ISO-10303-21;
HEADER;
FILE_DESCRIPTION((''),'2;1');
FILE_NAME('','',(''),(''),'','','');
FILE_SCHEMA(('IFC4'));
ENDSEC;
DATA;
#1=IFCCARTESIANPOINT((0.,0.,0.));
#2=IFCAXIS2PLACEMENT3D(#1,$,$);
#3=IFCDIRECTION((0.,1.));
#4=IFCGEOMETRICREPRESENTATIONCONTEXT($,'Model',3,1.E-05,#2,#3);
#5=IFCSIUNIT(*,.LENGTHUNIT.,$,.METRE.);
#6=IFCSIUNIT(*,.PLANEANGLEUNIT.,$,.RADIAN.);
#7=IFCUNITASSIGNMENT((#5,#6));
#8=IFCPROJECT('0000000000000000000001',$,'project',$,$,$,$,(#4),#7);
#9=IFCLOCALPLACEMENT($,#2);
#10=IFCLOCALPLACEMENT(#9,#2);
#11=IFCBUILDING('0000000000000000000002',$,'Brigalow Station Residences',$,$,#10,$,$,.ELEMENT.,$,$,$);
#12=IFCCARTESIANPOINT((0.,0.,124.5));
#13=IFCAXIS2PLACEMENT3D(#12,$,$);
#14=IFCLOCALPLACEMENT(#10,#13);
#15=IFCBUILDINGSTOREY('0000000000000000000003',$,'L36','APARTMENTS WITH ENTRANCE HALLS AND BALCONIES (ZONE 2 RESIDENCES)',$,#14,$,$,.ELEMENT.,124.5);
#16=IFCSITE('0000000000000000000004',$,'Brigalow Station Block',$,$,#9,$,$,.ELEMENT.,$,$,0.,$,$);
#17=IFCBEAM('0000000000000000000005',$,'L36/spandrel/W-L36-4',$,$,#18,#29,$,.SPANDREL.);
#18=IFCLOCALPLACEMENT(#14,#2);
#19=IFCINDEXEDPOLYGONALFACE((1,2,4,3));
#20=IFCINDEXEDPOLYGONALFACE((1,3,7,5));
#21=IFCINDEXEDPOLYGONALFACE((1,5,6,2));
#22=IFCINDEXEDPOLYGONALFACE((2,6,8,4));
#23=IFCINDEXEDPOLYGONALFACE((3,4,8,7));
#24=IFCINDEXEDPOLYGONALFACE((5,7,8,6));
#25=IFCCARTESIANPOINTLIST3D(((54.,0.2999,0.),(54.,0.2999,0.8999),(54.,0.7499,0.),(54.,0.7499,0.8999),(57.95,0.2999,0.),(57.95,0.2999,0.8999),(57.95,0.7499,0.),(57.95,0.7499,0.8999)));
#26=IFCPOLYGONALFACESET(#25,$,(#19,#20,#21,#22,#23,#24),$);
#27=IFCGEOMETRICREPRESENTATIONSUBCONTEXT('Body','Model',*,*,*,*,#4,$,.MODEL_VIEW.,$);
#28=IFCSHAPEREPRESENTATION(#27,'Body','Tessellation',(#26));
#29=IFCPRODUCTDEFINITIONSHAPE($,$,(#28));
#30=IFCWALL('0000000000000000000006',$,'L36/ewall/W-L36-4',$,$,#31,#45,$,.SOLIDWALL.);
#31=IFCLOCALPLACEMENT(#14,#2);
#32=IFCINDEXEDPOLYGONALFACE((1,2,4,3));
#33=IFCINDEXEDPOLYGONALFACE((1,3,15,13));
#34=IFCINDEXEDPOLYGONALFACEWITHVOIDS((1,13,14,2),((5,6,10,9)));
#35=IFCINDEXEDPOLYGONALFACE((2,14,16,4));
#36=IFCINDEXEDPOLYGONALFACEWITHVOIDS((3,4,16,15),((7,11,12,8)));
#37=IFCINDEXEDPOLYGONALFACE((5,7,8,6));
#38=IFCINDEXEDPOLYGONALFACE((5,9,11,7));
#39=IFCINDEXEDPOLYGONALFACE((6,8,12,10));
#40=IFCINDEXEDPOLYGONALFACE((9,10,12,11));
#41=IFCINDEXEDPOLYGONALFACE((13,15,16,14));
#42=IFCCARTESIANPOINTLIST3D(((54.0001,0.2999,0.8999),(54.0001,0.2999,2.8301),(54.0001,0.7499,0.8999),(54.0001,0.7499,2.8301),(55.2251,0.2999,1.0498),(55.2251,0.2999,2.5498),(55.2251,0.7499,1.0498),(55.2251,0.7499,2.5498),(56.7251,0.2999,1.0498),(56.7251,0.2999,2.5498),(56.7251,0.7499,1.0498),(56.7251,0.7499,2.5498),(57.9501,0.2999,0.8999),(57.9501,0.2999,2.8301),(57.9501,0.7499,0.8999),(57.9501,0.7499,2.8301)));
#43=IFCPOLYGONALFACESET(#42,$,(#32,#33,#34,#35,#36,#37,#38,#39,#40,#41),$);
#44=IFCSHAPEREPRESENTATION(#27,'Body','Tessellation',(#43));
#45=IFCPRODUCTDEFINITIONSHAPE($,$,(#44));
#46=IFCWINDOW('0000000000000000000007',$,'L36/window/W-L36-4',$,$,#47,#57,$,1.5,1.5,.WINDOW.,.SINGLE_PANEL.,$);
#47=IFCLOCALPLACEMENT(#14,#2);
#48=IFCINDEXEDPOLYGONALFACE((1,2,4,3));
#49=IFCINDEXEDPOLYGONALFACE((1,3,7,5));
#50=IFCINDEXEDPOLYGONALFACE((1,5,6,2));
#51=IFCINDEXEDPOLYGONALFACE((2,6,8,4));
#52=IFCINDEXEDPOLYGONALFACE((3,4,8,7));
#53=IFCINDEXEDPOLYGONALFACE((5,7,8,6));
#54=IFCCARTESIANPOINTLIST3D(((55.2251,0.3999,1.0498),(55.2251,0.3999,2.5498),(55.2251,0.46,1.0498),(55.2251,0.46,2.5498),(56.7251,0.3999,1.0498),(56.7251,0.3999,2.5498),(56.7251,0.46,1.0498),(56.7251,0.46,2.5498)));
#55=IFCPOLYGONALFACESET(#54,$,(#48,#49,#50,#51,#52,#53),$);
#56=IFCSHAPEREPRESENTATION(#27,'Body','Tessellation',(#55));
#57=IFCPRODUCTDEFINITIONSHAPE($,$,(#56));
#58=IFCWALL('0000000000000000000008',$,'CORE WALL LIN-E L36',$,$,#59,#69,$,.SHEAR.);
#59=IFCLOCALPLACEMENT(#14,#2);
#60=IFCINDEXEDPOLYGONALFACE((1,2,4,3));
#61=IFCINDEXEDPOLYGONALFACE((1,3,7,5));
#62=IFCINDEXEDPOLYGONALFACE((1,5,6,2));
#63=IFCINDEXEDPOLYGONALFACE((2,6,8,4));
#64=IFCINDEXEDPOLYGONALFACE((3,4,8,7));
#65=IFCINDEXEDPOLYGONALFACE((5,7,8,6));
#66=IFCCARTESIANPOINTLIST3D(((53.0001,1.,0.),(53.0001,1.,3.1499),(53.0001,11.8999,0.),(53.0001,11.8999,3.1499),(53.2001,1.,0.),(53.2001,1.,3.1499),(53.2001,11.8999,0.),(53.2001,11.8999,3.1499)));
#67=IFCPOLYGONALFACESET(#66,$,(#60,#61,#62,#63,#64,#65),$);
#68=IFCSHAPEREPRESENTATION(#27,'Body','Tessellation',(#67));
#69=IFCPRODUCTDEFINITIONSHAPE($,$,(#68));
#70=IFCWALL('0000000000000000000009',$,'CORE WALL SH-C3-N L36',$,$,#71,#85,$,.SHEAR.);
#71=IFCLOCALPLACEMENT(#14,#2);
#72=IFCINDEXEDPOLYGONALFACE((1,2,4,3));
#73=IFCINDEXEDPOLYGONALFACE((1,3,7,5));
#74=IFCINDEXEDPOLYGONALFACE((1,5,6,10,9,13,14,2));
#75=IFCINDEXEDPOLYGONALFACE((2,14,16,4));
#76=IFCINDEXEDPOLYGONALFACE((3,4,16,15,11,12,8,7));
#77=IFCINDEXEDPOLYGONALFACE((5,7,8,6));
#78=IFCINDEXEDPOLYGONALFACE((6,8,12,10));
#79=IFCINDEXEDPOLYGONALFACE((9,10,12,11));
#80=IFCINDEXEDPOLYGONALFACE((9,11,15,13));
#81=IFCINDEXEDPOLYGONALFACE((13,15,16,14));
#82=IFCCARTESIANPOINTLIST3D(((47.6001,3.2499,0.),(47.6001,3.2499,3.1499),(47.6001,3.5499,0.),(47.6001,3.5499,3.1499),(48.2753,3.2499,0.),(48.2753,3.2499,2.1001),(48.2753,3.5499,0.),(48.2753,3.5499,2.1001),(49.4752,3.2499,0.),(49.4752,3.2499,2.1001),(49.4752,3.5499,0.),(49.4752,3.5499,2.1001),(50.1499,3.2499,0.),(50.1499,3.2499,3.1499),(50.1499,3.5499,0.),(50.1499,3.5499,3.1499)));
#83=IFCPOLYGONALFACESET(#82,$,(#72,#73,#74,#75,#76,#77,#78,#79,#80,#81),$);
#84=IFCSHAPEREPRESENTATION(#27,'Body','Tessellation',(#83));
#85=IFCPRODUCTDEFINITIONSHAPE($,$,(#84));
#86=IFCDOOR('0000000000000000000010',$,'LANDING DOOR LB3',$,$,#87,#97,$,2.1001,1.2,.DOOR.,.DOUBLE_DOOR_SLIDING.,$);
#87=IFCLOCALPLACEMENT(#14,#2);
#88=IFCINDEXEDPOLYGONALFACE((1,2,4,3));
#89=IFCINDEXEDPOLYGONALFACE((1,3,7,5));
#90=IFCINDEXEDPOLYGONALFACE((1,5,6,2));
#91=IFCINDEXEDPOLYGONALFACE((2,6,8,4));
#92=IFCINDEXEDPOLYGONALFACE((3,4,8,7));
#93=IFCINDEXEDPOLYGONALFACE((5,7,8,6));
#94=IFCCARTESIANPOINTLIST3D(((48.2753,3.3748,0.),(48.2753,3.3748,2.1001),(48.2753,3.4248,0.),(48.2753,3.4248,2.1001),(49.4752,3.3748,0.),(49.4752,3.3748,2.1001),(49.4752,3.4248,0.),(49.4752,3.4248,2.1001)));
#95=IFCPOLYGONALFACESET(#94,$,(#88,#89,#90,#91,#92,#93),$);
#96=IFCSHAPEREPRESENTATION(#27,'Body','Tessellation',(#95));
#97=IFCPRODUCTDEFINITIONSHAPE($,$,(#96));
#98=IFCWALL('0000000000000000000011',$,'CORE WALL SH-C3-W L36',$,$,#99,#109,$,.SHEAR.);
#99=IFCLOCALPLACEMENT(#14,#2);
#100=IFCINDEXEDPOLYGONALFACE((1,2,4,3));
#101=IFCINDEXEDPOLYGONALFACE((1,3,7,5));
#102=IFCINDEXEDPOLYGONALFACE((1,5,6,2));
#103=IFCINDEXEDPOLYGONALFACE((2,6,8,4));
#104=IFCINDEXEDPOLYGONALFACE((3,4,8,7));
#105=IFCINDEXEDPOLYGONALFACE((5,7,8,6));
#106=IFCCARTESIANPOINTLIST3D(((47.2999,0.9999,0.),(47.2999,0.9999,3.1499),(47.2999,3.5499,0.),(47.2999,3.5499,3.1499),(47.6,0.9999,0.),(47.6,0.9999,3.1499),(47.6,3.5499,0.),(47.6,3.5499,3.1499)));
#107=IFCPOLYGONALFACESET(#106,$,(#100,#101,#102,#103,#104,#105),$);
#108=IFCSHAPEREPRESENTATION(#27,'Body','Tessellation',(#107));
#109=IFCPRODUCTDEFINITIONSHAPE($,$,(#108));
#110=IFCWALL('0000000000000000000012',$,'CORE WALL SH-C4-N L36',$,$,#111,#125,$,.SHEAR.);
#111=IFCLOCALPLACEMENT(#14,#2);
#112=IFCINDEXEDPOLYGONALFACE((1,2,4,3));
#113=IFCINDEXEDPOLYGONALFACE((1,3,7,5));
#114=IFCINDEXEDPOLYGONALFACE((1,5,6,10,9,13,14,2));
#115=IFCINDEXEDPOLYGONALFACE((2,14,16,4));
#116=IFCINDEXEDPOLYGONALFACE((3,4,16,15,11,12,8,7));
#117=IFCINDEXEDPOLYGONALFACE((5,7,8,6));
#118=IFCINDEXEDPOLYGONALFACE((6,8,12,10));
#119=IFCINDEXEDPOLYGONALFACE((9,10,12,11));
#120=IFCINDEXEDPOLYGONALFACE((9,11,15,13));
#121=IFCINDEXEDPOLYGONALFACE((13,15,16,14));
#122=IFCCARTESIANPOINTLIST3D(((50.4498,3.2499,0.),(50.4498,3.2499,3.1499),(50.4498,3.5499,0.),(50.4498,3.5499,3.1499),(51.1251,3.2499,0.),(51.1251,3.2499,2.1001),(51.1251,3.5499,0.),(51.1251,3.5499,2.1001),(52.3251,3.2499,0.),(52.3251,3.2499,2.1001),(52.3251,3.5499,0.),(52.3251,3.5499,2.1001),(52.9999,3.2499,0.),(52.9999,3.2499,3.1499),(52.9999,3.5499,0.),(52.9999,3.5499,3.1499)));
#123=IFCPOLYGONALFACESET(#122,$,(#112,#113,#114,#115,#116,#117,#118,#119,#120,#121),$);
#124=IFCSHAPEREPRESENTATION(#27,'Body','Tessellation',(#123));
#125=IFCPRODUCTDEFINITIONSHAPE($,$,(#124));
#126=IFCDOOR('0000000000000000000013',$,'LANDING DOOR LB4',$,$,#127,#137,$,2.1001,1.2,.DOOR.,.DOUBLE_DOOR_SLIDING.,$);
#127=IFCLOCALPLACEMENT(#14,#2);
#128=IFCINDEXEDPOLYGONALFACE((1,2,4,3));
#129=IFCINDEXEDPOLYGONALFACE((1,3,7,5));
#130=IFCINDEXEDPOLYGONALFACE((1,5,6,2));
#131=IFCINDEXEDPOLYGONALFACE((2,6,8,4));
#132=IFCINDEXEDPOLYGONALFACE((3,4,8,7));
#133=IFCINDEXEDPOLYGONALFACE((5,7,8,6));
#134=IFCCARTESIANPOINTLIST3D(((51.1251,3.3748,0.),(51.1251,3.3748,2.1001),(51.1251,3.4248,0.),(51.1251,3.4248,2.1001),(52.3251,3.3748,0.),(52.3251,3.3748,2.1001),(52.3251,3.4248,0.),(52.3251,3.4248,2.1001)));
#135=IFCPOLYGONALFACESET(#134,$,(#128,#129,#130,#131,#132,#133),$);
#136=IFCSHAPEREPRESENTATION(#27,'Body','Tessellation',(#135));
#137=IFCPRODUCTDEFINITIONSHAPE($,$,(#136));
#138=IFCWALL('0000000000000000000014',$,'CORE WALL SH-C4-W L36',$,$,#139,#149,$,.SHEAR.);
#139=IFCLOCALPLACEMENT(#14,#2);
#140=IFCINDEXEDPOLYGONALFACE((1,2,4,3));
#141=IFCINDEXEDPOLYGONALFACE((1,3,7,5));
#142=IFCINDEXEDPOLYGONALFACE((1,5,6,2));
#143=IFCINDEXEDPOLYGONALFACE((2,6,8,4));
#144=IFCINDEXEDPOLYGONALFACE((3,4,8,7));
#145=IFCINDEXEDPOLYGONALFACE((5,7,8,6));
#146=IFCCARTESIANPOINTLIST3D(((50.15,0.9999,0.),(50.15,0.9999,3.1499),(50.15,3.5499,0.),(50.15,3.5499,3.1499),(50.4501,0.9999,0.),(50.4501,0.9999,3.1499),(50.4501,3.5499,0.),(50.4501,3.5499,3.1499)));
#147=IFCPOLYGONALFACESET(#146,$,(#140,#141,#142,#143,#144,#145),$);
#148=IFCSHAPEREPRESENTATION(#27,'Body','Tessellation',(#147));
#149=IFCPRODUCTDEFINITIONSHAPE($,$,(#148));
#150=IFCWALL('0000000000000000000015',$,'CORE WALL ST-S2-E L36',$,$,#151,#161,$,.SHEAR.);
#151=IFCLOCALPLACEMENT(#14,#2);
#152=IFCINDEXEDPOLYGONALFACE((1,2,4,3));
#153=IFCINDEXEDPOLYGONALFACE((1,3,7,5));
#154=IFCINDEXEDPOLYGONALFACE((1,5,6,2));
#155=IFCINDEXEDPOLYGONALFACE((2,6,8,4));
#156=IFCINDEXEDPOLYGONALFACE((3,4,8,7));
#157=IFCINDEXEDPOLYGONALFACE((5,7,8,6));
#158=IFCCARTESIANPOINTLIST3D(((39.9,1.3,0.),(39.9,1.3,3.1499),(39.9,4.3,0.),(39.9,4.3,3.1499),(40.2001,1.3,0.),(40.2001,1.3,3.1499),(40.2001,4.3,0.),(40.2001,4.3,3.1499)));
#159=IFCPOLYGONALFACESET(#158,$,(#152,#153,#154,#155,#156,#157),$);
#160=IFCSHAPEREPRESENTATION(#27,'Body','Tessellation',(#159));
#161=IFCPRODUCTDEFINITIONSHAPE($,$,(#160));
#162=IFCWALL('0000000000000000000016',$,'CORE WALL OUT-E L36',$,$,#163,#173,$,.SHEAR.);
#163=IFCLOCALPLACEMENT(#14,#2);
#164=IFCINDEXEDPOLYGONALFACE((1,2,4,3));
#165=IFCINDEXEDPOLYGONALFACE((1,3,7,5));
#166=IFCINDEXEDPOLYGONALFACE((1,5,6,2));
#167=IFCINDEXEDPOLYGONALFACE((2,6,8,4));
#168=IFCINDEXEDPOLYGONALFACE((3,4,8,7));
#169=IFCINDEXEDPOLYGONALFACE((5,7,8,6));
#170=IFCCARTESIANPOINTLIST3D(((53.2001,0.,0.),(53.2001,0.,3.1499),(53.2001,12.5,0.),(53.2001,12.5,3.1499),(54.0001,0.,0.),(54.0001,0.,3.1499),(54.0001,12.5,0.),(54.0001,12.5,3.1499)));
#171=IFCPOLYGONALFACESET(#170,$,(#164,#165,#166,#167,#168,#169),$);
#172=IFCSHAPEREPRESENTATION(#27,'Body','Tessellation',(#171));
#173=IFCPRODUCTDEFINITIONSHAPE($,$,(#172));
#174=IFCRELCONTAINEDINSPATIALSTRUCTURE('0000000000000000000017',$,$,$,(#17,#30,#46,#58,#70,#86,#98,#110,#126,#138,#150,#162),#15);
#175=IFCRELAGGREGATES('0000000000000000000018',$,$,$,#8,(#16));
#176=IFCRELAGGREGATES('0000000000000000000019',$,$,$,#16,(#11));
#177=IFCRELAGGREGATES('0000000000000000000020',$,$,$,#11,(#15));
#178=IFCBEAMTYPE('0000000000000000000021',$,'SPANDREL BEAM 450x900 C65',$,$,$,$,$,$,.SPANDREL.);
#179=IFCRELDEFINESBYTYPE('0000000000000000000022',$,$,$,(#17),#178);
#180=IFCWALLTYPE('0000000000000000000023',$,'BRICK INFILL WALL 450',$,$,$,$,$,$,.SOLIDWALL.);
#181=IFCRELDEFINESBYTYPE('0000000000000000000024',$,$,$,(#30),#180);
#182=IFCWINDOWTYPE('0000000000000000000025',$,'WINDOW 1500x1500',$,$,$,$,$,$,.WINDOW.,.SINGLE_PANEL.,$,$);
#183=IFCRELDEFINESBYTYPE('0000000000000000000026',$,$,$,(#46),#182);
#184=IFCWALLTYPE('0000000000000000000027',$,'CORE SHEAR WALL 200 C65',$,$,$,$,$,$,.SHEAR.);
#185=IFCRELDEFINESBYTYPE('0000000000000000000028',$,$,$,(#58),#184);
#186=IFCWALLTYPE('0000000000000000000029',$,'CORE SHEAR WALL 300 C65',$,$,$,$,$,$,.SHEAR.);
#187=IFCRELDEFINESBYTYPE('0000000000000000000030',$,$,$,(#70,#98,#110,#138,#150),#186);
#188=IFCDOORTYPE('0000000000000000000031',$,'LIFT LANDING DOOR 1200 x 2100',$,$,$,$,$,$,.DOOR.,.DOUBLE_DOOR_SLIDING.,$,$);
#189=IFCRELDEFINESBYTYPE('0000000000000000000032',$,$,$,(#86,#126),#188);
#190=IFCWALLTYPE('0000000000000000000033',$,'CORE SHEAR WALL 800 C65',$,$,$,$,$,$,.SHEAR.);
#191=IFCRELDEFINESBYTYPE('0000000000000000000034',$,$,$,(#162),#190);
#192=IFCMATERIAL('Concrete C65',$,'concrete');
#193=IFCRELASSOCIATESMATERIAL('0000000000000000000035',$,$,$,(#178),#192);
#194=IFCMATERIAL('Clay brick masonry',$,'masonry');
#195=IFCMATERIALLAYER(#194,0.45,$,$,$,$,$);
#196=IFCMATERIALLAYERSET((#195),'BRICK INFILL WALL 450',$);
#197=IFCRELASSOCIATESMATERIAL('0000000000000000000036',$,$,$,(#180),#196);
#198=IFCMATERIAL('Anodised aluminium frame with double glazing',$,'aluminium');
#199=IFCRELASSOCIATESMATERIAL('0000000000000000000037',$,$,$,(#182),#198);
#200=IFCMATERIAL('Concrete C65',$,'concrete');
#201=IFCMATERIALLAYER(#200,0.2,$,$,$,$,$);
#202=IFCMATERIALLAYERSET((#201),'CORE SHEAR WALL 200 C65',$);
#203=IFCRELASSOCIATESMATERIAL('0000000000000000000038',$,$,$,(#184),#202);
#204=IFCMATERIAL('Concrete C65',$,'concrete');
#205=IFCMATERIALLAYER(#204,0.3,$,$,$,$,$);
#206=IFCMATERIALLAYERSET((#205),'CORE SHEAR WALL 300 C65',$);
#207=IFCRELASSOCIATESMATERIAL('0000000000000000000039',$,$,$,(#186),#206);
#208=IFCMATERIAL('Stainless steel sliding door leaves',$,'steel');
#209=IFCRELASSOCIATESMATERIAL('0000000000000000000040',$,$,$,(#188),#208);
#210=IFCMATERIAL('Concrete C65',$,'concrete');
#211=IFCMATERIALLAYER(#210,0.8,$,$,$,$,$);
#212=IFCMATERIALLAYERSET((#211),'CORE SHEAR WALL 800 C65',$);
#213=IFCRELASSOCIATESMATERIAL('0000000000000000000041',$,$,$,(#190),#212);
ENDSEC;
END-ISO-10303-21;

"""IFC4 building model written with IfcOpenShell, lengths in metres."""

from ifc_helpers import new_model, si_unit, direction, frame, frame_2d, origin, origin_2d, place, context, subcontext, project, spatial, rectangle, extrude, material, layer, layer_set, material_profile, profile_set, type_object, element, fill, save


model = new_model("IFC4")

# Units and contexts
model_context = context("Model", 3, precision=1e-05, world=origin(), true_north=direction((0.0, 1.0)))
body_context = subcontext(model_context, "Body", "Model", "MODEL_VIEW")
ifc_project = project(units=[si_unit("LENGTHUNIT", "METRE"), si_unit("PLANEANGLEUNIT", "RADIAN")], contexts=[model_context])

# Site, building, storey
site_placement = place(None, origin())
site = spatial("IfcSite", under=ifc_project, at=site_placement, Name="Brigalow Station Block", CompositionType="ELEMENT", RefElevation=0.0)
building_placement = place(site_placement, origin())
building = spatial("IfcBuilding", under=site, at=building_placement, Name="Brigalow Station Residences", CompositionType="ELEMENT")
storey_placement = place(building_placement, frame((0.0, 0.0, 124.5)))
storey = spatial("IfcBuildingStorey", under=building, at=storey_placement, Name="L36", Description="APARTMENTS WITH ENTRANCE HALLS AND BALCONIES (ZONE 2 RESIDENCES)", CompositionType="ELEMENT", Elevation=124.5)

# Beam
ifc_material_1 = material(Name="Concrete C65", Category="concrete")
ifc_material_profile = material_profile(ifc_material_1, rectangle(XDim=0.45, YDim=0.8999, at=origin_2d()), Name="RC450x900")
ifc_profile_set = profile_set([ifc_material_profile], Name="Concrete C65")
beam_type = type_object("IfcBeamType", Name="SPANDREL BEAM 450x900 C65", PredefinedType="SPANDREL", material=ifc_profile_set)
beam_placement = place(storey_placement, frame((54.0, 0.5249, 0.45), z_axis=(1.0, 0.0, 0.0), x_axis=(0.0, 1.0, 0.0)))
element("IfcBeam", 1, at=beam_placement, inside=storey, type_object=beam_type, Name="L36/spandrel/W-L36-4", PredefinedType="SPANDREL", context=body_context, shape_type="SweptSolid", body=[
    extrude(rectangle(XDim=0.45, YDim=0.8999, at=origin_2d()), origin(), (0.0, 0.0, 1.0), 3.95),
])

# Wall, opening, window
ifc_material_2 = material(Name="Clay brick masonry", Category="masonry")
ifc_layer_1 = layer(ifc_material_2, 0.45)
ifc_layer_set_1 = layer_set([ifc_layer_1], Name="BRICK INFILL WALL 450")
wall_type_1 = type_object("IfcWallType", Name="BRICK INFILL WALL 450", PredefinedType="SOLIDWALL", material=ifc_layer_set_1)
wall_1_placement = place(storey_placement, frame((54.0, 0.5249, 0.8999), z_axis=(0.0, 0.0, 1.0), x_axis=(1.0, 0.0, 0.0)))
wall_1 = element("IfcWall", 2, at=wall_1_placement, inside=storey, type_object=wall_type_1, Name="L36/ewall/W-L36-4", PredefinedType="SOLIDWALL", context=body_context, shape_type="SweptSolid", body=[
    extrude(rectangle(XDim=3.95, YDim=0.45, at=frame_2d((1.9751, 0.0))), origin(), (0.0, 0.0, 1.0), 1.9302),
])
opening_1_placement = place(wall_1_placement, frame((1.2251, 0.0, 0.1499)))
opening_1 = element("IfcOpeningElement", 3, at=opening_1_placement, cuts=wall_1, PredefinedType="OPENING", context=body_context, shape_type="SweptSolid", body=[
    extrude(rectangle(XDim=1.5, YDim=1.5, at=frame_2d((0.75, 0.75))), frame((0.0, 0.2349, 0.0), z_axis=(0.0, -1.0, 0.0), x_axis=(1.0, 0.0, 0.0)), (0.0, 0.0, 1.0), 0.47),
])
ifc_material_3 = material(Name="Anodised aluminium frame with double glazing", Category="aluminium")
window_type = type_object("IfcWindowType", Name="WINDOW 1500x1500", PartitioningType="SINGLE_PANEL", PredefinedType="WINDOW", material=ifc_material_3)
window_placement = place(opening_1_placement, origin())
window = element("IfcWindow", 4, at=window_placement, inside=storey, type_object=window_type, Name="L36/window/W-L36-4", OverallHeight=1.5, OverallWidth=1.5, PartitioningType="SINGLE_PANEL", PredefinedType="WINDOW", context=body_context, shape_type="SweptSolid", body=[
    extrude(rectangle(XDim=1.5, YDim=1.5, at=frame_2d((0.75, 0.75))), frame((0.0, -0.0649, 0.0), z_axis=(0.0, -1.0, 0.0), x_axis=(1.0, 0.0, 0.0)), (0.0, 0.0, 1.0), 0.0601),
])
fill(opening_1, window)

# Wall
ifc_material_4 = material(Name="Concrete C65", Category="concrete")
ifc_layer_2 = layer(ifc_material_4, 0.2)
ifc_layer_set_2 = layer_set([ifc_layer_2], Name="CORE SHEAR WALL 200 C65")
wall_type_2 = type_object("IfcWallType", Name="CORE SHEAR WALL 200 C65", PredefinedType="SHEAR", material=ifc_layer_set_2)
wall_2_placement = place(storey_placement, frame((53.1001, 1.0, 0.0), z_axis=(0.0, 0.0, 1.0), x_axis=(0.0, 1.0, 0.0)))
element("IfcWall", 5, at=wall_2_placement, inside=storey, type_object=wall_type_2, Name="CORE WALL LIN-E L36", PredefinedType="SHEAR", context=body_context, shape_type="SweptSolid", body=[
    extrude(rectangle(XDim=10.8999, YDim=0.2, at=frame_2d((5.45, 0.0))), origin(), (0.0, 0.0, 1.0), 3.1499),
])

# Wall, opening, door
ifc_material_5 = material(Name="Concrete C65", Category="concrete")
ifc_layer_3 = layer(ifc_material_5, 0.3)
ifc_layer_set_3 = layer_set([ifc_layer_3], Name="CORE SHEAR WALL 300 C65")
wall_type_3 = type_object("IfcWallType", Name="CORE SHEAR WALL 300 C65", PredefinedType="SHEAR", material=ifc_layer_set_3)
wall_3_placement = place(storey_placement, frame((47.6001, 3.3999, 0.0), z_axis=(0.0, 0.0, 1.0), x_axis=(1.0, 0.0, 0.0)))
wall_3 = element("IfcWall", 6, at=wall_3_placement, inside=storey, type_object=wall_type_3, Name="CORE WALL SH-C3-N L36", PredefinedType="SHEAR", context=body_context, shape_type="SweptSolid", body=[
    extrude(rectangle(XDim=2.5498, YDim=0.3, at=frame_2d((1.2749, 0.0))), origin(), (0.0, 0.0, 1.0), 3.1499),
])
opening_2_placement = place(wall_3_placement, frame((0.675, 0.0, 0.0)))
opening_2 = element("IfcOpeningElement", 7, at=opening_2_placement, cuts=wall_3, PredefinedType="OPENING", context=body_context, shape_type="SweptSolid", body=[
    extrude(rectangle(XDim=1.2, YDim=2.1001, at=frame_2d((0.6001, 1.05))), frame((0.0, 0.1602, 0.0), z_axis=(0.0, -1.0, 0.0), x_axis=(1.0, 0.0, 0.0)), (0.0, 0.0, 1.0), 0.3201),
])
ifc_material_6 = material(Name="Stainless steel sliding door leaves", Category="steel")
door_type_1 = type_object("IfcDoorType", Name="LIFT LANDING DOOR 1200 x 2100", OperationType="DOUBLE_DOOR_SLIDING", PredefinedType="DOOR", material=ifc_material_6)
door_1_placement = place(opening_2_placement, origin())
door_1 = element("IfcDoor", 8, at=door_1_placement, inside=storey, type_object=door_type_1, Name="LANDING DOOR LB3", OperationType="DOUBLE_DOOR_SLIDING", OverallHeight=2.1001, OverallWidth=1.2, PredefinedType="DOOR", context=body_context, shape_type="SweptSolid", body=[
    extrude(rectangle(XDim=1.2, YDim=2.1001, at=frame_2d((0.6001, 1.05))), frame((0.0, 0.0249, 0.0), z_axis=(0.0, -1.0, 0.0), x_axis=(1.0, 0.0, 0.0)), (0.0, 0.0, 1.0), 0.05),
])
fill(opening_2, door_1)

# Wall
wall_4_placement = place(storey_placement, frame((47.45, 1.0, 0.0), z_axis=(0.0, 0.0, 1.0), x_axis=(0.0, 1.0, 0.0)))
element("IfcWall", 9, at=wall_4_placement, inside=storey, type_object=wall_type_3, Name="CORE WALL SH-C3-W L36", PredefinedType="SHEAR", context=body_context, shape_type="SweptSolid", body=[
    extrude(rectangle(XDim=2.55, YDim=0.3, at=frame_2d((1.2749, 0.0))), origin(), (0.0, 0.0, 1.0), 3.1499),
])

# Wall, opening, door
wall_5_placement = place(storey_placement, frame((50.45, 3.3999, 0.0), z_axis=(0.0, 0.0, 1.0), x_axis=(1.0, 0.0, 0.0)))
wall_5 = element("IfcWall", 10, at=wall_5_placement, inside=storey, type_object=wall_type_3, Name="CORE WALL SH-C4-N L36", PredefinedType="SHEAR", context=body_context, shape_type="SweptSolid", body=[
    extrude(rectangle(XDim=2.55, YDim=0.3, at=frame_2d((1.2749, 0.0))), origin(), (0.0, 0.0, 1.0), 3.1499),
])
opening_3_placement = place(wall_5_placement, frame((0.675, 0.0, 0.0)))
opening_3 = element("IfcOpeningElement", 11, at=opening_3_placement, cuts=wall_5, PredefinedType="OPENING", context=body_context, shape_type="SweptSolid", body=[
    extrude(rectangle(XDim=1.2, YDim=2.1001, at=frame_2d((0.6001, 1.05))), frame((0.0, 0.1602, 0.0), z_axis=(0.0, -1.0, 0.0), x_axis=(1.0, 0.0, 0.0)), (0.0, 0.0, 1.0), 0.3201),
])
door_2_placement = place(opening_3_placement, origin())
door_2 = element("IfcDoor", 12, at=door_2_placement, inside=storey, type_object=door_type_1, Name="LANDING DOOR LB4", OperationType="DOUBLE_DOOR_SLIDING", OverallHeight=2.1001, OverallWidth=1.2, PredefinedType="DOOR", context=body_context, shape_type="SweptSolid", body=[
    extrude(rectangle(XDim=1.2, YDim=2.1001, at=frame_2d((0.6001, 1.05))), frame((0.0, 0.0249, 0.0), z_axis=(0.0, -1.0, 0.0), x_axis=(1.0, 0.0, 0.0)), (0.0, 0.0, 1.0), 0.05),
])
fill(opening_3, door_2)

# Walls
wall_6_placement = place(storey_placement, frame((50.3, 1.0, 0.0), z_axis=(0.0, 0.0, 1.0), x_axis=(0.0, 1.0, 0.0)))
element("IfcWall", 13, at=wall_6_placement, inside=storey, type_object=wall_type_3, Name="CORE WALL SH-C4-W L36", PredefinedType="SHEAR", context=body_context, shape_type="SweptSolid", body=[
    extrude(rectangle(XDim=2.55, YDim=0.3, at=frame_2d((1.2749, 0.0))), origin(), (0.0, 0.0, 1.0), 3.1499),
])
wall_7_placement = place(storey_placement, frame((40.05, 1.3, 0.0), z_axis=(0.0, 0.0, 1.0), x_axis=(0.0, 1.0, 0.0)))
element("IfcWall", 14, at=wall_7_placement, inside=storey, type_object=wall_type_3, Name="CORE WALL ST-S2-E L36", PredefinedType="SHEAR", context=body_context, shape_type="SweptSolid", body=[
    extrude(rectangle(XDim=3.0, YDim=0.3, at=frame_2d((1.5, 0.0))), origin(), (0.0, 0.0, 1.0), 3.1499),
])
ifc_material_7 = material(Name="Concrete C65", Category="concrete")
ifc_layer_4 = layer(ifc_material_7, 0.8)
ifc_layer_set_4 = layer_set([ifc_layer_4], Name="CORE SHEAR WALL 800 C65")
wall_type_4 = type_object("IfcWallType", Name="CORE SHEAR WALL 800 C65", PredefinedType="SHEAR", material=ifc_layer_set_4)
wall_8_placement = place(storey_placement, frame((53.6001, 0.0, 0.0), z_axis=(0.0, 0.0, 1.0), x_axis=(0.0, 1.0, 0.0)))
element("IfcWall", 15, at=wall_8_placement, inside=storey, type_object=wall_type_4, Name="CORE WALL OUT-E L36", PredefinedType="SHEAR", context=body_context, shape_type="SweptSolid", body=[
    extrude(rectangle(XDim=12.5, YDim=0.8, at=frame_2d((6.25, 0.0))), origin(), (0.0, 0.0, 1.0), 3.1499),
])

save(model, "model.ifc")
